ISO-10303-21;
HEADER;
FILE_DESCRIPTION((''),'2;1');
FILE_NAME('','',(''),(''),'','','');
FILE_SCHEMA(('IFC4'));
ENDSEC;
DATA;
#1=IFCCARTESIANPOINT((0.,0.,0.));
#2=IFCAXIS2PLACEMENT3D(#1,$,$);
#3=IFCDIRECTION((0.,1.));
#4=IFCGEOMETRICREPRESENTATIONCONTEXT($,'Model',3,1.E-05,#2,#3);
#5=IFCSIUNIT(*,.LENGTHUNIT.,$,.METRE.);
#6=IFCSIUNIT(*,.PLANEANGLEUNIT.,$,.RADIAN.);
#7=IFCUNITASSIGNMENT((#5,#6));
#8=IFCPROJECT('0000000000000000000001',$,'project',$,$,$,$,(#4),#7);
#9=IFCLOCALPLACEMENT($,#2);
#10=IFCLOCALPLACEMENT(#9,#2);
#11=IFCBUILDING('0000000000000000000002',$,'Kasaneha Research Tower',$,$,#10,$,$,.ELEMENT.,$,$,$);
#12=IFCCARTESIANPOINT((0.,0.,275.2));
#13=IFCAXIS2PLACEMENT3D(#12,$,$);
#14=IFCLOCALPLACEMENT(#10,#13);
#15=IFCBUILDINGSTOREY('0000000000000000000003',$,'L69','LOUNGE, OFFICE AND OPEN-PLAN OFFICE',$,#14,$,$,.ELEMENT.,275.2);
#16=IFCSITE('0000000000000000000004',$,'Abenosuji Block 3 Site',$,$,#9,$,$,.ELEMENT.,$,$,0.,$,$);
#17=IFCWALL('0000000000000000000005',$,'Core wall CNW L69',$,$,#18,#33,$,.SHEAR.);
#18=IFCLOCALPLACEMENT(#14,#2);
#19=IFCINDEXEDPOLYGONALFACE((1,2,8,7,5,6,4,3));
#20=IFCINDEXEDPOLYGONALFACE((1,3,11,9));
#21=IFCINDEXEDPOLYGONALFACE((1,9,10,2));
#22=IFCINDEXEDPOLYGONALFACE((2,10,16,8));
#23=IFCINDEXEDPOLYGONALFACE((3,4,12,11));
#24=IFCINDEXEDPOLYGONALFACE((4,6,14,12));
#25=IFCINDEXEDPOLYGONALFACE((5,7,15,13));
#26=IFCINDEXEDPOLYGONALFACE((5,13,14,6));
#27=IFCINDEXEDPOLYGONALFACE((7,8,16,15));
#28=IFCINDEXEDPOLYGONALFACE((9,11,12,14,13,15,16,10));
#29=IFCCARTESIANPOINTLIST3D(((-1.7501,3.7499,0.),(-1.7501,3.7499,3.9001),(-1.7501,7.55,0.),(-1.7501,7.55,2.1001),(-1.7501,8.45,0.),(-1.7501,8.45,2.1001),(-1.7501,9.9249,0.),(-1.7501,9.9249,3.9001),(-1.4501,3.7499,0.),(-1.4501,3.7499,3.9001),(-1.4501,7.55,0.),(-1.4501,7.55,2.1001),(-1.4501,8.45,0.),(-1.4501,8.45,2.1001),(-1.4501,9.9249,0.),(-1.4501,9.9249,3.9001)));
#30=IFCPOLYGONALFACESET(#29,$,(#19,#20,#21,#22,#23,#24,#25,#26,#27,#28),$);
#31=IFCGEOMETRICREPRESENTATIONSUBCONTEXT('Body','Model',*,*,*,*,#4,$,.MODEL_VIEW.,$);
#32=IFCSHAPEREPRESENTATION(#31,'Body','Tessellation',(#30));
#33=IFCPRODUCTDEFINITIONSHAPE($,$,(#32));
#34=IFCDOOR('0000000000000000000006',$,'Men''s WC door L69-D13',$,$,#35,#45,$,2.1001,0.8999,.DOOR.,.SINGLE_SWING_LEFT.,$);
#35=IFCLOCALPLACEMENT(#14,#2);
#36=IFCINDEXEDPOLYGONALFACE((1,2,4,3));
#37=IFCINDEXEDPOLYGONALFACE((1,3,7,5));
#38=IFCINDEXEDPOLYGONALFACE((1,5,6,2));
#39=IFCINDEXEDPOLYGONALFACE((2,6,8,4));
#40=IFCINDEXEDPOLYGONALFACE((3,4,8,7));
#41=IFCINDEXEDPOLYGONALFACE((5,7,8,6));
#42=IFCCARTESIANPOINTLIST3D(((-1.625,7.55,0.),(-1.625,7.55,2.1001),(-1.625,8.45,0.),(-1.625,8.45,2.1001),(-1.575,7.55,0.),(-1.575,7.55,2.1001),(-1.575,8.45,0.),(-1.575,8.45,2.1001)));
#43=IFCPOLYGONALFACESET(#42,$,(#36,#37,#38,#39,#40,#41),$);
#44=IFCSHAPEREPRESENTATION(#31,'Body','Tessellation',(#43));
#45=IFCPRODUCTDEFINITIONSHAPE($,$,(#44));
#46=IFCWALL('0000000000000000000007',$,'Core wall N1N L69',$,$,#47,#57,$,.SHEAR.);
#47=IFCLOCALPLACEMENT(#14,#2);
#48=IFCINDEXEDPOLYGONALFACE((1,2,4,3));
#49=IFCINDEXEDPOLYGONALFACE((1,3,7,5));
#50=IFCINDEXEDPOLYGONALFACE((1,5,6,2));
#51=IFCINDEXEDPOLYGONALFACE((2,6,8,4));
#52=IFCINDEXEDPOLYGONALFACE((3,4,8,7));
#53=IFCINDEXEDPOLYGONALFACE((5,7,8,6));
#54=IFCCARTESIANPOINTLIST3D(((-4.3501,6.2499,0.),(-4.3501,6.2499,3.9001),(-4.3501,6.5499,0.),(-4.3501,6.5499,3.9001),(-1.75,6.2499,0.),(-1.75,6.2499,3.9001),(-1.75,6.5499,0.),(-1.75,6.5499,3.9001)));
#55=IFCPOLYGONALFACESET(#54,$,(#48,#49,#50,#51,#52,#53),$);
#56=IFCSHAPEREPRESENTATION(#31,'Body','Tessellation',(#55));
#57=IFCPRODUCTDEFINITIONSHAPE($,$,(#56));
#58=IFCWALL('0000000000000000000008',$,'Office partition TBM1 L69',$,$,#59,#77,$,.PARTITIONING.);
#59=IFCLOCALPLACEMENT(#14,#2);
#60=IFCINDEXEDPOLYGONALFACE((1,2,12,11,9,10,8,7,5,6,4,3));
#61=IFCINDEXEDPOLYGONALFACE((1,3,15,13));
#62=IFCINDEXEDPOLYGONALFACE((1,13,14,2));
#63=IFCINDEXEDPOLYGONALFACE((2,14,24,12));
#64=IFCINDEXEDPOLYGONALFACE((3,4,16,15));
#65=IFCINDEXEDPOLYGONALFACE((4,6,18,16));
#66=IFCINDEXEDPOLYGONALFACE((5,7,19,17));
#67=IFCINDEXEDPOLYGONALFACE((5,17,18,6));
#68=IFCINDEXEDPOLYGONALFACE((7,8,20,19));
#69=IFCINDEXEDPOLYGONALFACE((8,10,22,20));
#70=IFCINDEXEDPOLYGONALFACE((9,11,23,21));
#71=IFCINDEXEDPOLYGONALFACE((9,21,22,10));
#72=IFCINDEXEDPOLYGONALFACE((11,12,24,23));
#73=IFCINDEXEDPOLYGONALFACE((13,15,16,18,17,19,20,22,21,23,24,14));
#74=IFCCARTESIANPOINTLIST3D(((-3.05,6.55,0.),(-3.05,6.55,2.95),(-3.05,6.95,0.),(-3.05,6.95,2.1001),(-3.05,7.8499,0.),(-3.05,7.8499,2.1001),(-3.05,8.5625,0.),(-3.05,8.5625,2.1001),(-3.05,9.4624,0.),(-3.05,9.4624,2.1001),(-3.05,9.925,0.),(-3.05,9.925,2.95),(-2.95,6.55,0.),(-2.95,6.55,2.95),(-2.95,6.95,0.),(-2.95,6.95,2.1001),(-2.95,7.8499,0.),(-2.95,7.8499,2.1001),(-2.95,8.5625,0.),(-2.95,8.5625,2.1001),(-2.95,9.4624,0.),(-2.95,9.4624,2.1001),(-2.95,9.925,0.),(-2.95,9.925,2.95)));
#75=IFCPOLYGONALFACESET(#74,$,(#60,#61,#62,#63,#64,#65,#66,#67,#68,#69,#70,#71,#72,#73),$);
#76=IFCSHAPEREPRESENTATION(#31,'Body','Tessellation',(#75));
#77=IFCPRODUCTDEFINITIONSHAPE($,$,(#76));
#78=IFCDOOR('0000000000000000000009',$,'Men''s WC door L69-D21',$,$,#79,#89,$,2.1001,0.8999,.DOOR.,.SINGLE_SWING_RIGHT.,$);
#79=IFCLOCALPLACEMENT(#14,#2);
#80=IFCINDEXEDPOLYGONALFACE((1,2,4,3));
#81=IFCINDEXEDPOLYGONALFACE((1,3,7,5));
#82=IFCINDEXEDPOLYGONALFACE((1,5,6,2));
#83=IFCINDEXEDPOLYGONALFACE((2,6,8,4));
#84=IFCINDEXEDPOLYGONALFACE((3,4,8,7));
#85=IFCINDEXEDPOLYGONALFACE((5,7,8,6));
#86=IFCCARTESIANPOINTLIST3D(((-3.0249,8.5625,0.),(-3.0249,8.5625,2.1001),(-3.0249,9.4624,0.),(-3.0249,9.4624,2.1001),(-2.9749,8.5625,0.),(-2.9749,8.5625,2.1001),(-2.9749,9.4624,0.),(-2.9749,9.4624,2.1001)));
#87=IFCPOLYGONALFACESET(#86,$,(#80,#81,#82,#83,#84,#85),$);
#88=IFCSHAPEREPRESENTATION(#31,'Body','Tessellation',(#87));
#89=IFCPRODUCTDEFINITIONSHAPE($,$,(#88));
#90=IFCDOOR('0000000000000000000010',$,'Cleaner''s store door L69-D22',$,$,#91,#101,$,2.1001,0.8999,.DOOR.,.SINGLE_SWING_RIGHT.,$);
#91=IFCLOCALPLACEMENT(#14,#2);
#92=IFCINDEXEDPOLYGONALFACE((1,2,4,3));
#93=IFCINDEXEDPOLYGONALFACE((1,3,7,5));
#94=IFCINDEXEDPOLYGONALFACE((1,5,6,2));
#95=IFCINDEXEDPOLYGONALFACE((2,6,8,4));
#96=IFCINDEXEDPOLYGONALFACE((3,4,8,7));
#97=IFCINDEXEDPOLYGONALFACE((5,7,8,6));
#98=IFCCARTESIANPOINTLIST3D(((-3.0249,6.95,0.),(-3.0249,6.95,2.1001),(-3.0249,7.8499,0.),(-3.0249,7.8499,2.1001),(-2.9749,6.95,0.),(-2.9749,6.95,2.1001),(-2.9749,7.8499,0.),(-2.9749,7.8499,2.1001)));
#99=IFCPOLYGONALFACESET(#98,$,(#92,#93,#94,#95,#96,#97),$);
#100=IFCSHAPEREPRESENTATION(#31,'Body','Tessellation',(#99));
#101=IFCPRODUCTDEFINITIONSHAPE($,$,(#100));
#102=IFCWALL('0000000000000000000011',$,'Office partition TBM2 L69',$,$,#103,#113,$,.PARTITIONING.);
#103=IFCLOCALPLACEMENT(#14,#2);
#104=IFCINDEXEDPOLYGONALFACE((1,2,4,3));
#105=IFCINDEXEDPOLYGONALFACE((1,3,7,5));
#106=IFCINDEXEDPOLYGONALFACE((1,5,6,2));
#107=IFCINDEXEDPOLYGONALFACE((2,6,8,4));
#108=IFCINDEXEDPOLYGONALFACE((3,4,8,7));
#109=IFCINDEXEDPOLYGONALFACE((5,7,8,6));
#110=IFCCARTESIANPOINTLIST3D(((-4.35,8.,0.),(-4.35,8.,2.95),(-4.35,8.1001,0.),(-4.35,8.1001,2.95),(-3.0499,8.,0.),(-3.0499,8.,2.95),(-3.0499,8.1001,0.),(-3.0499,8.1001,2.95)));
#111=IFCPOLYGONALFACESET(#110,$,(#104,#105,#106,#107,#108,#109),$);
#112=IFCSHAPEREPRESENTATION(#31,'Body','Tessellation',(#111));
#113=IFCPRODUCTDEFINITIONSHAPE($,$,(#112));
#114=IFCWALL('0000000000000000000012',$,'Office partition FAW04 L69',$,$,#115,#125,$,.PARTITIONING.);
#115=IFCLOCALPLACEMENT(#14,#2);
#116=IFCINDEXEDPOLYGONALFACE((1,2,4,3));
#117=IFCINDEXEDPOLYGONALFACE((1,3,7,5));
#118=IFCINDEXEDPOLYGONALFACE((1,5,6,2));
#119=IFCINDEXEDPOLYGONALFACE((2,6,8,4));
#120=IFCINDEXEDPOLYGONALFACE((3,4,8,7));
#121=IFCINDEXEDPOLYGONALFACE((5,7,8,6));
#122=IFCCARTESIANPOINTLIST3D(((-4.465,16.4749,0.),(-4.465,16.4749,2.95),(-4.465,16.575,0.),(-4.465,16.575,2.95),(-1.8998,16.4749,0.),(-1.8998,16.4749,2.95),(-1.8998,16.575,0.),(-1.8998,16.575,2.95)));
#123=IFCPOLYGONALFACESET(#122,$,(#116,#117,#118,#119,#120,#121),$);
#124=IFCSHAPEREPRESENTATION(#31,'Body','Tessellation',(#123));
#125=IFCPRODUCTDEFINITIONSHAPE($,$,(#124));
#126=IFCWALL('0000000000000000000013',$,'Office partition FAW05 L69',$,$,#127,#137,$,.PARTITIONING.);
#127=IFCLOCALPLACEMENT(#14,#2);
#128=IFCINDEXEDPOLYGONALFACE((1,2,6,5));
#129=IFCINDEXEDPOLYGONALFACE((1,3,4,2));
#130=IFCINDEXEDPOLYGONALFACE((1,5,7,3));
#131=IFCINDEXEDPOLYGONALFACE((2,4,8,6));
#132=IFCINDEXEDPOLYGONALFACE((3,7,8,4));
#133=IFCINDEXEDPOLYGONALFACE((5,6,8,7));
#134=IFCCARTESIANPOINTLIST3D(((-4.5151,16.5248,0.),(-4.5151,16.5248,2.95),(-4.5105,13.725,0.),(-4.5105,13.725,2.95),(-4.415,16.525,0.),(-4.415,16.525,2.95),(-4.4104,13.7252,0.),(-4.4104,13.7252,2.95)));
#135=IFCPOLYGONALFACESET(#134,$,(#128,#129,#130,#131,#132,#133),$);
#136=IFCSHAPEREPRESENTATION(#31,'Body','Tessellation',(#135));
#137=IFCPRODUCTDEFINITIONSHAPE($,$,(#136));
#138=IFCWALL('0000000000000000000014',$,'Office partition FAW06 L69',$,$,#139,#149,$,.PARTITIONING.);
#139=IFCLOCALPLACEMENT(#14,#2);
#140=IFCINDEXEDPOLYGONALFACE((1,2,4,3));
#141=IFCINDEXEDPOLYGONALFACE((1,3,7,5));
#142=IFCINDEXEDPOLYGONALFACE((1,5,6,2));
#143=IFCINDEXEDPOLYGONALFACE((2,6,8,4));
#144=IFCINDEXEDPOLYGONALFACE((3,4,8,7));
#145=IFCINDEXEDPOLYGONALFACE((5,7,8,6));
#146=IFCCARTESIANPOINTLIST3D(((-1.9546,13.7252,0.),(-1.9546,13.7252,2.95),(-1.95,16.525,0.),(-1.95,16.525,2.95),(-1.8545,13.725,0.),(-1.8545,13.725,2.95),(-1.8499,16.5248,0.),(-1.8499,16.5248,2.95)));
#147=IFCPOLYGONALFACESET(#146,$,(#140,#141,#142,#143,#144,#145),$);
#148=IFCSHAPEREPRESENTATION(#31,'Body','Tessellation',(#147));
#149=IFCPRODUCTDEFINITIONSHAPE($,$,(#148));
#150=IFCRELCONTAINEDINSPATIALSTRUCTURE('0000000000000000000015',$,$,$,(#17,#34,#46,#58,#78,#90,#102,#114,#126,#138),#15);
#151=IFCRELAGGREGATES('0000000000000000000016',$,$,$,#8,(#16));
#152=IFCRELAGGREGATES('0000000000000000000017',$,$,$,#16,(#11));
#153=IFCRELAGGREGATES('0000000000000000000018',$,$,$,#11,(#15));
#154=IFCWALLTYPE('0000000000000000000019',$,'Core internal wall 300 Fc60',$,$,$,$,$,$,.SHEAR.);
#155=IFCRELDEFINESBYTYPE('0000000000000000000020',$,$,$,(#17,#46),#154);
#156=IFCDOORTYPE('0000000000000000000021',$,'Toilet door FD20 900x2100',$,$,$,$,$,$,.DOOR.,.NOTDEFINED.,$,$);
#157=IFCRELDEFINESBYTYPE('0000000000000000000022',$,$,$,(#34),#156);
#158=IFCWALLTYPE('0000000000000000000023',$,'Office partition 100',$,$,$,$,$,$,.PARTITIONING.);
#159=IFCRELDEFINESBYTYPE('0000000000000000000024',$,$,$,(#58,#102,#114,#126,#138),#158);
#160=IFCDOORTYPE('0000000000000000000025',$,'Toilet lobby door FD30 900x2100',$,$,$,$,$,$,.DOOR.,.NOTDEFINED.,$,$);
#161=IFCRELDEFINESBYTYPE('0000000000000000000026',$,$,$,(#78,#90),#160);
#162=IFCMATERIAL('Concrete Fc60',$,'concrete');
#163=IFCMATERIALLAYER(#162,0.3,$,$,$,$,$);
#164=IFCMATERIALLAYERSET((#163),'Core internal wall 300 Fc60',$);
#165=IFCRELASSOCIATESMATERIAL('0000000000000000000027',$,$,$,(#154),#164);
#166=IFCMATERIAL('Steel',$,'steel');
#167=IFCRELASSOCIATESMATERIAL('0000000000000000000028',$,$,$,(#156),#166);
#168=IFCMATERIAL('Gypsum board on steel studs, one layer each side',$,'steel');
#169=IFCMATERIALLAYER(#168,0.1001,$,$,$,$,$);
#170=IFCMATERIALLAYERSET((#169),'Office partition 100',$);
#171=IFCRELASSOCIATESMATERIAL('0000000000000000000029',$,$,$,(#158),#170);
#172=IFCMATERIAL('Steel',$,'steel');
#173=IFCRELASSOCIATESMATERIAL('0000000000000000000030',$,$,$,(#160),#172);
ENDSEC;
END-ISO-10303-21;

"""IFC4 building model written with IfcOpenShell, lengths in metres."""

from ifc_helpers import new_model, si_unit, direction, frame, frame_2d, origin, place, context, subcontext, project, spatial, rectangle, extrude, material, layer, layer_set, type_object, element, fill, save


model = new_model("IFC4")

# Units and contexts
model_context = context("Model", 3, precision=1e-05, world=origin(), true_north=direction((0.0, 1.0)))
body_context = subcontext(model_context, "Body", "Model", "MODEL_VIEW")
ifc_project = project(units=[si_unit("LENGTHUNIT", "METRE"), si_unit("PLANEANGLEUNIT", "RADIAN")], contexts=[model_context])

# Site, building, storey
site_placement = place(None, origin())
site = spatial("IfcSite", under=ifc_project, at=site_placement, Name="Abenosuji Block 3 Site", CompositionType="ELEMENT", RefElevation=0.0)
building_placement = place(site_placement, origin())
building = spatial("IfcBuilding", under=site, at=building_placement, Name="Kasaneha Research Tower", CompositionType="ELEMENT")
storey_placement = place(building_placement, frame((0.0, 0.0, 275.2)))
storey = spatial("IfcBuildingStorey", under=building, at=storey_placement, Name="L69", Description="LOUNGE, OFFICE AND OPEN-PLAN OFFICE", CompositionType="ELEMENT", Elevation=275.2)

# Wall, opening, door
ifc_material_1 = material(Name="Concrete Fc60", Category="concrete")
ifc_layer_1 = layer(ifc_material_1, 0.3)
ifc_layer_set_1 = layer_set([ifc_layer_1], Name="Core internal wall 300 Fc60")
wall_type_1 = type_object("IfcWallType", Name="Core internal wall 300 Fc60", PredefinedType="SHEAR", material=ifc_layer_set_1)
wall_1_placement = place(storey_placement, frame((-1.6001, 3.75, 0.0), z_axis=(0.0, 0.0, 1.0), x_axis=(0.0, 1.0, 0.0)))
wall_1 = element("IfcWall", 1, at=wall_1_placement, inside=storey, type_object=wall_type_1, Name="Core wall CNW L69", PredefinedType="SHEAR", context=body_context, shape_type="SweptSolid", body=[
    extrude(rectangle(XDim=6.175, YDim=0.3, at=frame_2d((3.0874, 0.0))), origin(), (0.0, 0.0, 1.0), 3.9001),
])
opening_1_placement = place(wall_1_placement, frame((3.8, 0.0, 0.0)))
opening_1 = element("IfcOpeningElement", 2, at=opening_1_placement, cuts=wall_1, PredefinedType="OPENING", context=body_context, shape_type="SweptSolid", body=[
    extrude(rectangle(XDim=0.8999, YDim=2.1001, at=frame_2d((0.45, 1.05))), frame((0.0, 0.1602, 0.0), z_axis=(0.0, -1.0, 0.0), x_axis=(1.0, 0.0, 0.0)), (0.0, 0.0, 1.0), 0.3201),
])
ifc_material_2 = material(Name="Steel", Category="steel")
door_type_1 = type_object("IfcDoorType", Name="Toilet door FD20 900x2100", OperationType="NOTDEFINED", PredefinedType="DOOR", material=ifc_material_2)
door_1_placement = place(opening_1_placement, origin())
door_1 = element("IfcDoor", 3, at=door_1_placement, inside=storey, type_object=door_type_1, Name="Men's WC door L69-D13", OperationType="SINGLE_SWING_LEFT", OverallHeight=2.1001, OverallWidth=0.8999, PredefinedType="DOOR", context=body_context, shape_type="SweptSolid", body=[
    extrude(rectangle(XDim=0.8999, YDim=2.1001, at=frame_2d((0.45, 1.05))), frame((0.0, 0.0249, 0.0), z_axis=(0.0, -1.0, 0.0), x_axis=(1.0, 0.0, 0.0)), (0.0, 0.0, 1.0), 0.05),
])
fill(opening_1, door_1)

# Wall
wall_2_placement = place(storey_placement, frame((-4.3501, 6.3999, 0.0), z_axis=(0.0, 0.0, 1.0), x_axis=(1.0, 0.0, 0.0)))
element("IfcWall", 4, at=wall_2_placement, inside=storey, type_object=wall_type_1, Name="Core wall N1N L69", PredefinedType="SHEAR", context=body_context, shape_type="SweptSolid", body=[
    extrude(rectangle(XDim=2.6001, YDim=0.3, at=frame_2d((1.3, 0.0))), origin(), (0.0, 0.0, 1.0), 3.9001),
])

# Wall, openings, doors
ifc_material_3 = material(Name="Gypsum board on steel studs, one layer each side", Category="steel")
ifc_layer_2 = layer(ifc_material_3, 0.1001)
ifc_layer_set_2 = layer_set([ifc_layer_2], Name="Office partition 100")
wall_type_2 = type_object("IfcWallType", Name="Office partition 100", PredefinedType="PARTITIONING", material=ifc_layer_set_2)
wall_3_placement = place(storey_placement, frame((-3.0, 6.55, 0.0), z_axis=(0.0, 0.0, 1.0), x_axis=(0.0, 1.0, 0.0)))
wall_3 = element("IfcWall", 5, at=wall_3_placement, inside=storey, type_object=wall_type_2, Name="Office partition TBM1 L69", PredefinedType="PARTITIONING", context=body_context, shape_type="SweptSolid", body=[
    extrude(rectangle(XDim=3.375, YDim=0.1001, at=frame_2d((1.6875, 0.0))), origin(), (0.0, 0.0, 1.0), 2.95),
])
opening_2_placement = place(wall_3_placement, frame((2.0125, 0.0, 0.0)))
opening_2 = element("IfcOpeningElement", 6, at=opening_2_placement, cuts=wall_3, PredefinedType="OPENING", context=body_context, shape_type="SweptSolid", body=[
    extrude(rectangle(XDim=0.8999, YDim=2.1001, at=frame_2d((0.45, 1.05))), frame((0.0, 0.0601, 0.0), z_axis=(0.0, -1.0, 0.0), x_axis=(1.0, 0.0, 0.0)), (0.0, 0.0, 1.0), 0.1201),
])
opening_3_placement = place(wall_3_placement, frame((0.3999, 0.0, 0.0)))
opening_3 = element("IfcOpeningElement", 7, at=opening_3_placement, cuts=wall_3, PredefinedType="OPENING", context=body_context, shape_type="SweptSolid", body=[
    extrude(rectangle(XDim=0.8999, YDim=2.1001, at=frame_2d((0.45, 1.05))), frame((0.0, 0.0601, 0.0), z_axis=(0.0, -1.0, 0.0), x_axis=(1.0, 0.0, 0.0)), (0.0, 0.0, 1.0), 0.1201),
])
ifc_material_4 = material(Name="Steel", Category="steel")
door_type_2 = type_object("IfcDoorType", Name="Toilet lobby door FD30 900x2100", OperationType="NOTDEFINED", PredefinedType="DOOR", material=ifc_material_4)
door_2_placement = place(opening_2_placement, origin())
door_2 = element("IfcDoor", 8, at=door_2_placement, inside=storey, type_object=door_type_2, Name="Men's WC door L69-D21", OperationType="SINGLE_SWING_RIGHT", OverallHeight=2.1001, OverallWidth=0.8999, PredefinedType="DOOR", context=body_context, shape_type="SweptSolid", body=[
    extrude(rectangle(XDim=0.8999, YDim=2.1001, at=frame_2d((0.45, 1.05))), frame((0.0, 0.0249, 0.0), z_axis=(0.0, -1.0, 0.0), x_axis=(1.0, 0.0, 0.0)), (0.0, 0.0, 1.0), 0.05),
])
fill(opening_2, door_2)
door_3_placement = place(opening_3_placement, origin())
door_3 = element("IfcDoor", 9, at=door_3_placement, inside=storey, type_object=door_type_2, Name="Cleaner's store door L69-D22", OperationType="SINGLE_SWING_RIGHT", OverallHeight=2.1001, OverallWidth=0.8999, PredefinedType="DOOR", context=body_context, shape_type="SweptSolid", body=[
    extrude(rectangle(XDim=0.8999, YDim=2.1001, at=frame_2d((0.45, 1.05))), frame((0.0, 0.0249, 0.0), z_axis=(0.0, -1.0, 0.0), x_axis=(1.0, 0.0, 0.0)), (0.0, 0.0, 1.0), 0.05),
])
fill(opening_3, door_3)

# Walls
wall_4_placement = place(storey_placement, frame((-3.05, 8.05, 0.0), z_axis=(0.0, 0.0, 1.0), x_axis=(-1.0, 0.0, 0.0)))
element("IfcWall", 10, at=wall_4_placement, inside=storey, type_object=wall_type_2, Name="Office partition TBM2 L69", PredefinedType="PARTITIONING", context=body_context, shape_type="SweptSolid", body=[
    extrude(rectangle(XDim=1.3, YDim=0.1001, at=frame_2d((0.6499, 0.0))), origin(), (0.0, 0.0, 1.0), 2.95),
])
wall_5_placement = place(storey_placement, frame((-4.4651, 16.5249, 0.0), z_axis=(0.0, 0.0, 1.0), x_axis=(1.0, 0.0, 0.0)))
element("IfcWall", 11, at=wall_5_placement, inside=storey, type_object=wall_type_2, Name="Office partition FAW04 L69", PredefinedType="PARTITIONING", context=body_context, shape_type="SweptSolid", body=[
    extrude(rectangle(XDim=2.5652, YDim=0.1001, at=frame_2d((1.2827, 0.0))), origin(), (0.0, 0.0, 1.0), 2.95),
])
for number, where, z_axis, x_axis, name in (
    (12, (-4.4604, 13.7251, 0.0), (0.0, 0.0, 1.0), (-0.001657, 0.999999, 0.0), "Office partition FAW05 L69"),
    (13, (-1.8999, 16.5249, 0.0), (0.0, 0.0, 1.0), (-0.001657, -0.999999, 0.0), "Office partition FAW06 L69"),
):
    element("IfcWall", number, at=place(storey_placement, frame(where, z_axis=z_axis, x_axis=x_axis)), inside=storey, type_object=wall_type_2, Name=name, PredefinedType="PARTITIONING", context=body_context, shape_type="SweptSolid", body=[
        extrude(rectangle(XDim=2.7998, YDim=0.1001, at=frame_2d((1.3999, 0.0))), origin(), (0.0, 0.0, 1.0), 2.95),
    ])

save(model, "model.ifc")
